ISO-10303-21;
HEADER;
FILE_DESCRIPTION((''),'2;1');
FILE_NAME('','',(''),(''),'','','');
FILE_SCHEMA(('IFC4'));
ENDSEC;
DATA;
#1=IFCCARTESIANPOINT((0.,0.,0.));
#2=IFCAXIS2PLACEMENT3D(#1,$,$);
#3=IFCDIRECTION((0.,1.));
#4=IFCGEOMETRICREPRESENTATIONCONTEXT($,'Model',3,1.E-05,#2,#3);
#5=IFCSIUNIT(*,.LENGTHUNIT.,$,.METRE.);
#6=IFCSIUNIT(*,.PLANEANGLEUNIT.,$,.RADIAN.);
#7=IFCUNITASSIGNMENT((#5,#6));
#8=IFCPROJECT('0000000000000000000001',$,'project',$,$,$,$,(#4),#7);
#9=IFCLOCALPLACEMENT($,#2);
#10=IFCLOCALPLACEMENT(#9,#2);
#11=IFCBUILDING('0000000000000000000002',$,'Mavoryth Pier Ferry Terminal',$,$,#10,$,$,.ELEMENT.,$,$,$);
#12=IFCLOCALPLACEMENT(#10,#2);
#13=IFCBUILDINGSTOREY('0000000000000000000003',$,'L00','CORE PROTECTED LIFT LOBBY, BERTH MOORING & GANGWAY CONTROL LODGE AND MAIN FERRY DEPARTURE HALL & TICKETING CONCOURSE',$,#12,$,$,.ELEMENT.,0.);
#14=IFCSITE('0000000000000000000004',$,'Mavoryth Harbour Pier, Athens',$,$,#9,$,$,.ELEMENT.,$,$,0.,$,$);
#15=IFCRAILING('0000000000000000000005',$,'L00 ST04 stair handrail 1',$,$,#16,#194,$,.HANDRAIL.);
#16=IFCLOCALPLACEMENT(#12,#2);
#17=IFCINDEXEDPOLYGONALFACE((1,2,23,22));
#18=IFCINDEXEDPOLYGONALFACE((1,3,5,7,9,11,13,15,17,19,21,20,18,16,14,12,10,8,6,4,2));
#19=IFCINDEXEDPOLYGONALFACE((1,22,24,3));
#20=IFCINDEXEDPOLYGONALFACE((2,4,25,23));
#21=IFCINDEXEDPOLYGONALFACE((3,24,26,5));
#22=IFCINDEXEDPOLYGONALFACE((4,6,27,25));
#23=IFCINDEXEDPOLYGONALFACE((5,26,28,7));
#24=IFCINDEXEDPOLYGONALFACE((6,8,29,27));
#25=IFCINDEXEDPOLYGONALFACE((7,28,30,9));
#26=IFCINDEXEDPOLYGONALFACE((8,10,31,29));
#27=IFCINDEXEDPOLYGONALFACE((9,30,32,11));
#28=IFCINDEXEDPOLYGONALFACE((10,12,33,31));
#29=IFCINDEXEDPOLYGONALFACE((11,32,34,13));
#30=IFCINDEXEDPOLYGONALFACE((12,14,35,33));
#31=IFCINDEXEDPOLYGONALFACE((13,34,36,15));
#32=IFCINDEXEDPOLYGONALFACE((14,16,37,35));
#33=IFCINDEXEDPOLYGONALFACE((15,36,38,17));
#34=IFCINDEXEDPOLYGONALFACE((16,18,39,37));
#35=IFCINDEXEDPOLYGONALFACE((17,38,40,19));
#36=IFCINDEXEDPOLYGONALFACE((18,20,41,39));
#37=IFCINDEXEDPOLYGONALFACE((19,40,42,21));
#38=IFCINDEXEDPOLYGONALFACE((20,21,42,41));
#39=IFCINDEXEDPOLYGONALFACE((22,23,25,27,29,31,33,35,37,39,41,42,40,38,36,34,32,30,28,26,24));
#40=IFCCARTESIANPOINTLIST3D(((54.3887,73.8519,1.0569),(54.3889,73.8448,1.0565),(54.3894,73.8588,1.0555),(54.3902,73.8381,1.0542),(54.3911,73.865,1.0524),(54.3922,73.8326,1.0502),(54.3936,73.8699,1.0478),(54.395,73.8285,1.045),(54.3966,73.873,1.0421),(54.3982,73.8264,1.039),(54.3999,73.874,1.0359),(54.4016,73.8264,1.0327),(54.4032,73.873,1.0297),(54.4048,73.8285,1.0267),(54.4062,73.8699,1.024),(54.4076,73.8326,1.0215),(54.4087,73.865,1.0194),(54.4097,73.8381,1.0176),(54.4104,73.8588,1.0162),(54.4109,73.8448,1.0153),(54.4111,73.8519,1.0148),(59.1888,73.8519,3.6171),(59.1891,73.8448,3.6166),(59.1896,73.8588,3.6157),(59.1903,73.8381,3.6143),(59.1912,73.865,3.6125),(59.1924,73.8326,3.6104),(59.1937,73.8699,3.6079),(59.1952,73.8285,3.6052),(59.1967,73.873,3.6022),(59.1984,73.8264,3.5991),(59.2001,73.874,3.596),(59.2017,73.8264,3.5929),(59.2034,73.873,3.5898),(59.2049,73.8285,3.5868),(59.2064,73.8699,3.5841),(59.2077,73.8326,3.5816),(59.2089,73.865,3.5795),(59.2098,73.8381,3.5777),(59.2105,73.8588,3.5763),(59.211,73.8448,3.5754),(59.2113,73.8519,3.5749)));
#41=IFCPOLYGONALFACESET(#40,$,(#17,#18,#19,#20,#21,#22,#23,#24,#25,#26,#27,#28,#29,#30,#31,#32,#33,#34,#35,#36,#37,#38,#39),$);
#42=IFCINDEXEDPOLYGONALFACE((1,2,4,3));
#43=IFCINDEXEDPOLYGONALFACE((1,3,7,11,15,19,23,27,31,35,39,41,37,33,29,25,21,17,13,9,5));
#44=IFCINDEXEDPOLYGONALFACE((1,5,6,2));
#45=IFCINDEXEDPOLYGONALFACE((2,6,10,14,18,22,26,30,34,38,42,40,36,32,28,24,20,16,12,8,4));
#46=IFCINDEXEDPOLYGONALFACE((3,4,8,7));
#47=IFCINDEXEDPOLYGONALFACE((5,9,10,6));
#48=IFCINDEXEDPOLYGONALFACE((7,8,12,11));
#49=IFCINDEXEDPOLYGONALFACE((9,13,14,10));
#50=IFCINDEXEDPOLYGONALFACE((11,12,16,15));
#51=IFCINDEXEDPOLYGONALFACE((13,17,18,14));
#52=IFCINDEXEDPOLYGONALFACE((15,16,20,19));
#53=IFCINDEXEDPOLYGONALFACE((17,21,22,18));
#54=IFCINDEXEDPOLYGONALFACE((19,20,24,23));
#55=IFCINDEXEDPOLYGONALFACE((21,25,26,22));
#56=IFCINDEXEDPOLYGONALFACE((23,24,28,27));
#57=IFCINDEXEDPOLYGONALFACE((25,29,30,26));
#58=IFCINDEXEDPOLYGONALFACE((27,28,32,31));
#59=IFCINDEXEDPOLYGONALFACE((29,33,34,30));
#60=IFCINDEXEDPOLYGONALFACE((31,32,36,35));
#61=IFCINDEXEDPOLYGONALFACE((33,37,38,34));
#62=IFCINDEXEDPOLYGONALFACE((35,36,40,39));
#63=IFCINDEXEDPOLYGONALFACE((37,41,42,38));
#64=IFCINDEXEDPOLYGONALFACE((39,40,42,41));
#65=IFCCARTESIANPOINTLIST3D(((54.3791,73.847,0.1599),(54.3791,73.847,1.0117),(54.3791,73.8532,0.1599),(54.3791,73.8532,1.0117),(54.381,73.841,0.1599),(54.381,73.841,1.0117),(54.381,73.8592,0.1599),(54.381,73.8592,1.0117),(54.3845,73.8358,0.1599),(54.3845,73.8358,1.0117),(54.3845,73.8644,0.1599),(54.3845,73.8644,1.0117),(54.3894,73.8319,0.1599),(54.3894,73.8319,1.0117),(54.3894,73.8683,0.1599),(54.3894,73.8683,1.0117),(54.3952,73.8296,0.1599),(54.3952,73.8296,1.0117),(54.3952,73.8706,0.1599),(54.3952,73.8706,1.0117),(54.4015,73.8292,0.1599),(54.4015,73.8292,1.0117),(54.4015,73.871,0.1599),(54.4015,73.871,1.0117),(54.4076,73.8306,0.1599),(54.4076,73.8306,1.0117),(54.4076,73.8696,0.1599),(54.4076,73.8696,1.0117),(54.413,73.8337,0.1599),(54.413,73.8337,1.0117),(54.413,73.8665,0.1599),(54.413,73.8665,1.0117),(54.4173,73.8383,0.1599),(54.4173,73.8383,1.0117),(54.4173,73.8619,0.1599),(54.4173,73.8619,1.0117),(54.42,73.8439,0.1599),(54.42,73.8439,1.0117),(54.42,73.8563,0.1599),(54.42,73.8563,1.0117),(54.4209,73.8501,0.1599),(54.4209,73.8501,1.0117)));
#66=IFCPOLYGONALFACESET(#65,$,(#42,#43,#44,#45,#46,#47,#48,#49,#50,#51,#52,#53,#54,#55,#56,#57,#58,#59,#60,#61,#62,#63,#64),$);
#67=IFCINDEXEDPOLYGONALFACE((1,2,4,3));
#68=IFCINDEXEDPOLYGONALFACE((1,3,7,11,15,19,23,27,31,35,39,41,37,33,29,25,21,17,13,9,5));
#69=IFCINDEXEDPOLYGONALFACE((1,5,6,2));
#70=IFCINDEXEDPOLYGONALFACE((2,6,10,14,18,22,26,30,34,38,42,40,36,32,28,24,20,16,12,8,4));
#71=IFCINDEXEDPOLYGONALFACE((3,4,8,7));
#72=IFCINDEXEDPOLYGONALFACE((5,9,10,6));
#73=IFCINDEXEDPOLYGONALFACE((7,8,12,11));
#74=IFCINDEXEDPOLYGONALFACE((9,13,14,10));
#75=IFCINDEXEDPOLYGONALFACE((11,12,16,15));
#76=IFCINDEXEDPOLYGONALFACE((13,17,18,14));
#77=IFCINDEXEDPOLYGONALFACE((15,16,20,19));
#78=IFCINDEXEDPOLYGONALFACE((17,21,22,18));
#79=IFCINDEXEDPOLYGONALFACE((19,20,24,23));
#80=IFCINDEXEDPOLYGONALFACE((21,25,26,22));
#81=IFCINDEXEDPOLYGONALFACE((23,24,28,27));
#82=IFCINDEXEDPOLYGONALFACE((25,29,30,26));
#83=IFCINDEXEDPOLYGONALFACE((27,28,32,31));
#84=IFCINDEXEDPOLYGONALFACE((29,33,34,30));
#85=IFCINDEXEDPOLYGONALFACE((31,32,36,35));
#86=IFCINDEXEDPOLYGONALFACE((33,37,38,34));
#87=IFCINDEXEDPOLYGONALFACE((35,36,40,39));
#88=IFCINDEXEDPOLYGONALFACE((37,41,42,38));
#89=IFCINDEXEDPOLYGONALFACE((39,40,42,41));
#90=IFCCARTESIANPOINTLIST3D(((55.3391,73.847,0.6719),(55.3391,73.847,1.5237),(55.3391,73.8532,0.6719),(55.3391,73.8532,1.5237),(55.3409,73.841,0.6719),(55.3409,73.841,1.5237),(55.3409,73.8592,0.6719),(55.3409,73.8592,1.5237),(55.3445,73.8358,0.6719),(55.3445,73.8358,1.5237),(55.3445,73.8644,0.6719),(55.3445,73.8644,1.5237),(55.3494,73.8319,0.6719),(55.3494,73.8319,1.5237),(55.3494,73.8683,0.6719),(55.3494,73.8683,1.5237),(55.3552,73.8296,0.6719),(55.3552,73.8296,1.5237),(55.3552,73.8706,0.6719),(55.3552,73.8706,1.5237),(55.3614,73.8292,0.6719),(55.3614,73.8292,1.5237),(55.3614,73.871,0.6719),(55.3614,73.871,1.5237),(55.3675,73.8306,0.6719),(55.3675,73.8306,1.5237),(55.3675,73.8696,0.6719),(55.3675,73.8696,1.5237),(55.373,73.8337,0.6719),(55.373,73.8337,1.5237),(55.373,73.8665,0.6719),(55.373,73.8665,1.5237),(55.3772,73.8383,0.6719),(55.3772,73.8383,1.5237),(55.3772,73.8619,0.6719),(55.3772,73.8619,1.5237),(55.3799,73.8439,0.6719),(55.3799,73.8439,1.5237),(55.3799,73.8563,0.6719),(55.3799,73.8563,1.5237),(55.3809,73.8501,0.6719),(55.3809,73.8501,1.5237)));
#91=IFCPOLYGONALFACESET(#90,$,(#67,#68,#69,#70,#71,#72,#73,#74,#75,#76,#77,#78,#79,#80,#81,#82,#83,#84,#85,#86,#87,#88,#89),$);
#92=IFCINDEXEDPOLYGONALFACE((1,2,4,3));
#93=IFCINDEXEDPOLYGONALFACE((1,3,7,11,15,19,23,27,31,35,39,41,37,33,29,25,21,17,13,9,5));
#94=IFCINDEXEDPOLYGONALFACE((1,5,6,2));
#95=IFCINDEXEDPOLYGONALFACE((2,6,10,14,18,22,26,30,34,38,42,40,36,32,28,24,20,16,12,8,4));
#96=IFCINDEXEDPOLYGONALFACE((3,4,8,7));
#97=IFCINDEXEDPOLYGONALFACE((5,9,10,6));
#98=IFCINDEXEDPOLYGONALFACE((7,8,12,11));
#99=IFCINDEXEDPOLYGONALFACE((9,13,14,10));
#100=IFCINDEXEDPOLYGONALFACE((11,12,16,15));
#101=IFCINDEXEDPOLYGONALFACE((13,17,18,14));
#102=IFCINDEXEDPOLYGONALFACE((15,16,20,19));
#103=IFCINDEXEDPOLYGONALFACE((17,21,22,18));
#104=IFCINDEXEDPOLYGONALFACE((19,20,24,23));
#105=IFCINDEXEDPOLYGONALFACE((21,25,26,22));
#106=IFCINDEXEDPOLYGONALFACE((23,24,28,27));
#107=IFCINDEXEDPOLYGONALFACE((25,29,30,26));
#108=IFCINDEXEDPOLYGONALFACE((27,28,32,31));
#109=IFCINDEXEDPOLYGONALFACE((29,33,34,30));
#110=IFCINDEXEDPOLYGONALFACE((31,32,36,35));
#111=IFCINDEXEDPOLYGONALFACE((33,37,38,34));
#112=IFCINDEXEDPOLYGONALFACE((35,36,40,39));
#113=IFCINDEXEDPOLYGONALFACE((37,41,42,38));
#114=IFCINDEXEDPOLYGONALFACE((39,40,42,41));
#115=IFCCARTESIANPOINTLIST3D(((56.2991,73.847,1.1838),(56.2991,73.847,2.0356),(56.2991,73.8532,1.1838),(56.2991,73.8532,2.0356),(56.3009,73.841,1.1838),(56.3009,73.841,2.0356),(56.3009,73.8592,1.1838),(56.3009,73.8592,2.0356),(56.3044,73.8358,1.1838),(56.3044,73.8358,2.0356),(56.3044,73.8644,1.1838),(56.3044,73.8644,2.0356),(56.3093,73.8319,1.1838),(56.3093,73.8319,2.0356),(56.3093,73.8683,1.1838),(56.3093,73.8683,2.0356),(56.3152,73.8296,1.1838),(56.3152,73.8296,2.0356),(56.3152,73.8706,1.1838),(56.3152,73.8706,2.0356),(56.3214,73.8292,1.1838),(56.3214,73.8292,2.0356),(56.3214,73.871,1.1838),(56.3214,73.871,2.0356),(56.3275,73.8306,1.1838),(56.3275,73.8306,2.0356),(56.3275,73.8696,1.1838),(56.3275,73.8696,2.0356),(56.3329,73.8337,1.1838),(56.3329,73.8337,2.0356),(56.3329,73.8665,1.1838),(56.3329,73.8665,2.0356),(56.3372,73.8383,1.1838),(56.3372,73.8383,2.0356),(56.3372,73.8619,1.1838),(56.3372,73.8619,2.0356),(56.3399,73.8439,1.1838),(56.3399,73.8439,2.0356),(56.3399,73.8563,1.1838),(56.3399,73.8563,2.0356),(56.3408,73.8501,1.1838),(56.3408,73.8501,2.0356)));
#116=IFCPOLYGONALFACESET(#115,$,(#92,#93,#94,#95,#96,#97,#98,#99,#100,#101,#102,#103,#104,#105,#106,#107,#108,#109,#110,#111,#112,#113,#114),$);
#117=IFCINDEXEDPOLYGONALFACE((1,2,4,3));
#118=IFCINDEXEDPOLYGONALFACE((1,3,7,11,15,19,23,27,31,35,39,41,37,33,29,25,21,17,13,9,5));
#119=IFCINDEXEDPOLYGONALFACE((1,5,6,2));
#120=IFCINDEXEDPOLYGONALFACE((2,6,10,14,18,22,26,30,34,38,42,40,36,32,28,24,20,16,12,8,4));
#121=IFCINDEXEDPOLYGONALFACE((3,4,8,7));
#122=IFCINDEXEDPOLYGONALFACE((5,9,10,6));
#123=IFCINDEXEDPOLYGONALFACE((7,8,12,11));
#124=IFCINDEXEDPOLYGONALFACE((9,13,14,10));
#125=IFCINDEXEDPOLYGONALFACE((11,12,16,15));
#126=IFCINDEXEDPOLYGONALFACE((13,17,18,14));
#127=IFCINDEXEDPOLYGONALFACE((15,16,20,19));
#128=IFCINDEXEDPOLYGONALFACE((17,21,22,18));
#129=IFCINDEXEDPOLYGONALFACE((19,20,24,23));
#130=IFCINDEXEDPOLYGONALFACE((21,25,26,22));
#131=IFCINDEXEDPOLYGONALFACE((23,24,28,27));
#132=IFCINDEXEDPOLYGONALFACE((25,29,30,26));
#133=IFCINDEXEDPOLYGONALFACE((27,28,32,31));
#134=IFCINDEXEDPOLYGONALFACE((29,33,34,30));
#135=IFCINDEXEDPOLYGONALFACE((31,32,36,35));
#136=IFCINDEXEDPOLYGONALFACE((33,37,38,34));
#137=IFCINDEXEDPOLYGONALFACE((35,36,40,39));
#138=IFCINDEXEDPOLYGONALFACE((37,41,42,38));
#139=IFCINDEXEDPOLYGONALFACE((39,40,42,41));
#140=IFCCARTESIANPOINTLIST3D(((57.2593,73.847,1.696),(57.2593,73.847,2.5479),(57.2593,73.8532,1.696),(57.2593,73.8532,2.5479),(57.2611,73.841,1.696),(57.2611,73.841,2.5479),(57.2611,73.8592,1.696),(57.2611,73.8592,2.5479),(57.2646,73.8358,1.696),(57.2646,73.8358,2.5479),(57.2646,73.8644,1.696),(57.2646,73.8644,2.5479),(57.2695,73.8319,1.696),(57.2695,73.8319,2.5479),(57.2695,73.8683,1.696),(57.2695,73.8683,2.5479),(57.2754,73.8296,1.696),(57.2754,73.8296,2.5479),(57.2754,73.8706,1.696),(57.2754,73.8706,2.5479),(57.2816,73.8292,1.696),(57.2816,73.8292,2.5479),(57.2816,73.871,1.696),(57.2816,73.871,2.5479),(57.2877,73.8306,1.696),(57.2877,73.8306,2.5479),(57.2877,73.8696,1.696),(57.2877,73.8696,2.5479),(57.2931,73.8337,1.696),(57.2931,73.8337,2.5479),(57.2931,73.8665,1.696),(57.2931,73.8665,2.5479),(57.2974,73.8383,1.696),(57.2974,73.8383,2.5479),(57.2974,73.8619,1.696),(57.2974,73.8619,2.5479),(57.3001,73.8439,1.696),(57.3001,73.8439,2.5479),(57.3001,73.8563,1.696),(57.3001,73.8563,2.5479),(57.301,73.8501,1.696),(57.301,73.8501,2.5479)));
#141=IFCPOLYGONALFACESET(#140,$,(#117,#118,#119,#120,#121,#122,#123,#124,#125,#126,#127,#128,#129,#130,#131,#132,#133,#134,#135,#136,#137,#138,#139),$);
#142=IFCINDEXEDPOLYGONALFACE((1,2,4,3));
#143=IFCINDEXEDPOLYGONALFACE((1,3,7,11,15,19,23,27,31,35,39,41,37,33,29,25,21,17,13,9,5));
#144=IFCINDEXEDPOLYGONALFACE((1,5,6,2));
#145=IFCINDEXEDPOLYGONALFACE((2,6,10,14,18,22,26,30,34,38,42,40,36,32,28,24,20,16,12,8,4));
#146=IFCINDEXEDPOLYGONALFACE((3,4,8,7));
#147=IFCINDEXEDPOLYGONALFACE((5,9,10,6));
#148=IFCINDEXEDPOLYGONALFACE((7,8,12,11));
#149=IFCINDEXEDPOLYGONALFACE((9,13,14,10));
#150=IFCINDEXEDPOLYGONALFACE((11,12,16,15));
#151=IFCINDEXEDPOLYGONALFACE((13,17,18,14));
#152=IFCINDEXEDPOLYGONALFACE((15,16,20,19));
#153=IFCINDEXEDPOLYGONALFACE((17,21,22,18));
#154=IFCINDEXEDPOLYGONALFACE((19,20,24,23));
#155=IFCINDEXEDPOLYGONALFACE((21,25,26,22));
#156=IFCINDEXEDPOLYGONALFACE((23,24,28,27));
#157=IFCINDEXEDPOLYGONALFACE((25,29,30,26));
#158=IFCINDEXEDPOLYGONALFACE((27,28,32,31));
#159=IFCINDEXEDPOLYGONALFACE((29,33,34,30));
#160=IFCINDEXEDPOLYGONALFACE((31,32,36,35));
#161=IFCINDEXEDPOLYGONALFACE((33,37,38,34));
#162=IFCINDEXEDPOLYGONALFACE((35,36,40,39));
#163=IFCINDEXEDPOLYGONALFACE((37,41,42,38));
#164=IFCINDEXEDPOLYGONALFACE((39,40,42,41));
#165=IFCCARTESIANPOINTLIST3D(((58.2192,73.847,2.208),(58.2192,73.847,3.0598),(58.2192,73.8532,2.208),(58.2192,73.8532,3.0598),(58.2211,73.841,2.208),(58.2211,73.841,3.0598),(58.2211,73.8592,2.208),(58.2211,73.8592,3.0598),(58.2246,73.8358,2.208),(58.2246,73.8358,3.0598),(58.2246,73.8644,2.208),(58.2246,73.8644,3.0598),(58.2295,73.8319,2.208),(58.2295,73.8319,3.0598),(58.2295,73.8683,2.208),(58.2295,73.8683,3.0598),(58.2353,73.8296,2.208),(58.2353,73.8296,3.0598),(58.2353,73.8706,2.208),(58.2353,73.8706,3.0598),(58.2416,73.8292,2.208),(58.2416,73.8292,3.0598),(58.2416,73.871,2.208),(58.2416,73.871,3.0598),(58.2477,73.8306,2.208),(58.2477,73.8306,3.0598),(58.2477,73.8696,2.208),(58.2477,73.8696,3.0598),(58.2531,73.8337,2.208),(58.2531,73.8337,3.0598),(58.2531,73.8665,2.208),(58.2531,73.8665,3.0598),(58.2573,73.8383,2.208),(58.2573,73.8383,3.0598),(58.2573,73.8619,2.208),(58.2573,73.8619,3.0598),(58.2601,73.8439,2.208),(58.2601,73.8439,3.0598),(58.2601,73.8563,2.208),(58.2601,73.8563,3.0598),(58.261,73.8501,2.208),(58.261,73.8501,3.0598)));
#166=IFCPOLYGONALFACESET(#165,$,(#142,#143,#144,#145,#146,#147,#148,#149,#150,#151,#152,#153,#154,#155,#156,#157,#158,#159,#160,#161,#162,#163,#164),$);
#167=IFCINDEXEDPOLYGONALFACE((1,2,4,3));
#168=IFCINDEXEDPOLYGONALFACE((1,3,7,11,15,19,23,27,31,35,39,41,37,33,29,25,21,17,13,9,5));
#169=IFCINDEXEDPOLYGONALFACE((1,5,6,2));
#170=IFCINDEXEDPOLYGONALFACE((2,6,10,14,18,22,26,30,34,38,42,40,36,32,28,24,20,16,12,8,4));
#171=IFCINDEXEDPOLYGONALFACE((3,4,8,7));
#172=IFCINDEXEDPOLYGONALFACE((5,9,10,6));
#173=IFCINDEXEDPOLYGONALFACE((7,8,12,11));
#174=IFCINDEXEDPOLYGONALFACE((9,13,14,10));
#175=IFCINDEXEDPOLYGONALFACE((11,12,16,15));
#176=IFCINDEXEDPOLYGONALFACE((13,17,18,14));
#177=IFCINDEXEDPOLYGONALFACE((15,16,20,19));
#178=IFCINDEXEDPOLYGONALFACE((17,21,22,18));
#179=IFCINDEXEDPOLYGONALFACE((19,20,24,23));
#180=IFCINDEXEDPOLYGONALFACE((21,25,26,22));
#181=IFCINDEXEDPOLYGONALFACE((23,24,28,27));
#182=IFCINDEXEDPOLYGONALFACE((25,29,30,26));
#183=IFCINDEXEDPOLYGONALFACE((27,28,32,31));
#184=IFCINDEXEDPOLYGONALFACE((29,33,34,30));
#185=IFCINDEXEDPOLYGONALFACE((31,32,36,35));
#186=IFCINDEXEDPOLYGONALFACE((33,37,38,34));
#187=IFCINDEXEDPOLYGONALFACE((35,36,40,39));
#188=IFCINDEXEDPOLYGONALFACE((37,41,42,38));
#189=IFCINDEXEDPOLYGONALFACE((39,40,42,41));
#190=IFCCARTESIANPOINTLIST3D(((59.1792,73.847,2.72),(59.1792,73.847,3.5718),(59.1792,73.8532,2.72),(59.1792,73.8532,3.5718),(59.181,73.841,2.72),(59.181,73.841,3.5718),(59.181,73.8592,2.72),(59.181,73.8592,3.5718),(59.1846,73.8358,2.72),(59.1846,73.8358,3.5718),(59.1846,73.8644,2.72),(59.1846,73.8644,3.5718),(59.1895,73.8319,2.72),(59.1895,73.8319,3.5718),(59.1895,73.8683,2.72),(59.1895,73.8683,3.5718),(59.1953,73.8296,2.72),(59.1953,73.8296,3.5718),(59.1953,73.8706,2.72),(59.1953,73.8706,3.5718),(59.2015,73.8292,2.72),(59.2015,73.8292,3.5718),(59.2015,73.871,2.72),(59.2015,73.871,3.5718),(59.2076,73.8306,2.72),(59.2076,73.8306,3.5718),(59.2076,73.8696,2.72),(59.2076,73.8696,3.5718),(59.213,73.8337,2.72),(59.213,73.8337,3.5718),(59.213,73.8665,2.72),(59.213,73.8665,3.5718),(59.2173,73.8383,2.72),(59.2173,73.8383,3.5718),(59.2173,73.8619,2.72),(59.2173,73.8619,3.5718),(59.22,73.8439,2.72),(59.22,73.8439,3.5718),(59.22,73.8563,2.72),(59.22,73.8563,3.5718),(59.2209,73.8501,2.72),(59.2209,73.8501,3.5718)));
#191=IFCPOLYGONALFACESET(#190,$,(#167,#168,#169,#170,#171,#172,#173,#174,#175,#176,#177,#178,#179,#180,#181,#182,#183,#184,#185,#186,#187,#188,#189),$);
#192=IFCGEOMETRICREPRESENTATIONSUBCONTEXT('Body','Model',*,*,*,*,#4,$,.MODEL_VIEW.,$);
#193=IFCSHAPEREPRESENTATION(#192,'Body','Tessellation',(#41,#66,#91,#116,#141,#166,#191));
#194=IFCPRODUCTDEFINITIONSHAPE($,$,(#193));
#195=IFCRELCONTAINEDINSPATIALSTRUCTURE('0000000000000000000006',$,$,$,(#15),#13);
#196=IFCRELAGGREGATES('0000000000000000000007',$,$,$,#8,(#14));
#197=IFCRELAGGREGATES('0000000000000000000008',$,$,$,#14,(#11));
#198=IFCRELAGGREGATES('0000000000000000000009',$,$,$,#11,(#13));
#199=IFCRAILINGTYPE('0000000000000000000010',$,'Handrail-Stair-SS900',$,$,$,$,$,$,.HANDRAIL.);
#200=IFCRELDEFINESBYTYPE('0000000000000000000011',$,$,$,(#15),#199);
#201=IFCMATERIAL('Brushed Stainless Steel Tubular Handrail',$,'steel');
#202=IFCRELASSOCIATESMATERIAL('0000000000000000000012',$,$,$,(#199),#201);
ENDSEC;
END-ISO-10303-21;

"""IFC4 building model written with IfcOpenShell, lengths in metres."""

from ifc_helpers import new_model, si_unit, direction, frame, origin, origin_2d, place, context, subcontext, project, spatial, circle, extrude, material, type_object, element, save


model = new_model("IFC4")

# Units and contexts
model_context = context("Model", 3, precision=1e-05, world=origin(), true_north=direction((0.0, 1.0)))
body_context = subcontext(model_context, "Body", "Model", "MODEL_VIEW")
ifc_project = project(units=[si_unit("LENGTHUNIT", "METRE"), si_unit("PLANEANGLEUNIT", "RADIAN")], contexts=[model_context])

# Site, building, storey
site_placement = place(None, origin())
site = spatial("IfcSite", under=ifc_project, at=site_placement, Name="Mavoryth Harbour Pier, Athens", CompositionType="ELEMENT", RefElevation=0.0)
building_placement = place(site_placement, origin())
building = spatial("IfcBuilding", under=site, at=building_placement, Name="Mavoryth Pier Ferry Terminal", CompositionType="ELEMENT")
storey_placement = place(building_placement, origin())
storey = spatial("IfcBuildingStorey", under=building, at=storey_placement, Name="L00", Description="CORE PROTECTED LIFT LOBBY, BERTH MOORING & GANGWAY CONTROL LODGE AND MAIN FERRY DEPARTURE HALL & TICKETING CONCOURSE", CompositionType="ELEMENT", Elevation=0.0)

# Railing
ifc_material_1 = material(Name="Brushed Stainless Steel Tubular Handrail", Category="steel")
railing_type_1 = type_object("IfcRailingType", Name="Handrail-Stair-SS900", PredefinedType="HANDRAIL", material=ifc_material_1)
railing_1_placement = place(storey_placement, frame((54.3999, 73.8501, 0.1599)))
element("IfcRailing", 1, at=railing_1_placement, inside=storey, type_object=railing_type_1, Name="L00 ST04 stair handrail 1", PredefinedType="HANDRAIL", context=body_context, shape_type="SweptSolid", body=[
    extrude(circle(Radius=0.0239, at=origin_2d()), frame((0.0, 0.0, 0.876), z_axis=(0.88235, 0.0, 0.470593), x_axis=(0.0, 1.0, 0.0)), (0.0, 0.0, 1.0), 5.4402),
    extrude(circle(Radius=0.021, at=origin_2d()), origin(), (0.0, 0.0, 1.0), 0.8518),
    extrude(circle(Radius=0.021, at=origin_2d()), frame((0.96, 0.0, 0.512)), (0.0, 0.0, 1.0), 0.8518),
    extrude(circle(Radius=0.021, at=origin_2d()), frame((1.9199, 0.0, 1.0239)), (0.0, 0.0, 1.0), 0.8518),
    extrude(circle(Radius=0.021, at=origin_2d()), frame((2.8801, 0.0, 1.5361)), (0.0, 0.0, 1.0), 0.8518),
    extrude(circle(Radius=0.021, at=origin_2d()), frame((3.8401, 0.0, 2.0481)), (0.0, 0.0, 1.0), 0.8518),
    extrude(circle(Radius=0.021, at=origin_2d()), frame((4.8, 0.0, 2.5601)), (0.0, 0.0, 1.0), 0.8518),
])

save(model, "model.ifc")
